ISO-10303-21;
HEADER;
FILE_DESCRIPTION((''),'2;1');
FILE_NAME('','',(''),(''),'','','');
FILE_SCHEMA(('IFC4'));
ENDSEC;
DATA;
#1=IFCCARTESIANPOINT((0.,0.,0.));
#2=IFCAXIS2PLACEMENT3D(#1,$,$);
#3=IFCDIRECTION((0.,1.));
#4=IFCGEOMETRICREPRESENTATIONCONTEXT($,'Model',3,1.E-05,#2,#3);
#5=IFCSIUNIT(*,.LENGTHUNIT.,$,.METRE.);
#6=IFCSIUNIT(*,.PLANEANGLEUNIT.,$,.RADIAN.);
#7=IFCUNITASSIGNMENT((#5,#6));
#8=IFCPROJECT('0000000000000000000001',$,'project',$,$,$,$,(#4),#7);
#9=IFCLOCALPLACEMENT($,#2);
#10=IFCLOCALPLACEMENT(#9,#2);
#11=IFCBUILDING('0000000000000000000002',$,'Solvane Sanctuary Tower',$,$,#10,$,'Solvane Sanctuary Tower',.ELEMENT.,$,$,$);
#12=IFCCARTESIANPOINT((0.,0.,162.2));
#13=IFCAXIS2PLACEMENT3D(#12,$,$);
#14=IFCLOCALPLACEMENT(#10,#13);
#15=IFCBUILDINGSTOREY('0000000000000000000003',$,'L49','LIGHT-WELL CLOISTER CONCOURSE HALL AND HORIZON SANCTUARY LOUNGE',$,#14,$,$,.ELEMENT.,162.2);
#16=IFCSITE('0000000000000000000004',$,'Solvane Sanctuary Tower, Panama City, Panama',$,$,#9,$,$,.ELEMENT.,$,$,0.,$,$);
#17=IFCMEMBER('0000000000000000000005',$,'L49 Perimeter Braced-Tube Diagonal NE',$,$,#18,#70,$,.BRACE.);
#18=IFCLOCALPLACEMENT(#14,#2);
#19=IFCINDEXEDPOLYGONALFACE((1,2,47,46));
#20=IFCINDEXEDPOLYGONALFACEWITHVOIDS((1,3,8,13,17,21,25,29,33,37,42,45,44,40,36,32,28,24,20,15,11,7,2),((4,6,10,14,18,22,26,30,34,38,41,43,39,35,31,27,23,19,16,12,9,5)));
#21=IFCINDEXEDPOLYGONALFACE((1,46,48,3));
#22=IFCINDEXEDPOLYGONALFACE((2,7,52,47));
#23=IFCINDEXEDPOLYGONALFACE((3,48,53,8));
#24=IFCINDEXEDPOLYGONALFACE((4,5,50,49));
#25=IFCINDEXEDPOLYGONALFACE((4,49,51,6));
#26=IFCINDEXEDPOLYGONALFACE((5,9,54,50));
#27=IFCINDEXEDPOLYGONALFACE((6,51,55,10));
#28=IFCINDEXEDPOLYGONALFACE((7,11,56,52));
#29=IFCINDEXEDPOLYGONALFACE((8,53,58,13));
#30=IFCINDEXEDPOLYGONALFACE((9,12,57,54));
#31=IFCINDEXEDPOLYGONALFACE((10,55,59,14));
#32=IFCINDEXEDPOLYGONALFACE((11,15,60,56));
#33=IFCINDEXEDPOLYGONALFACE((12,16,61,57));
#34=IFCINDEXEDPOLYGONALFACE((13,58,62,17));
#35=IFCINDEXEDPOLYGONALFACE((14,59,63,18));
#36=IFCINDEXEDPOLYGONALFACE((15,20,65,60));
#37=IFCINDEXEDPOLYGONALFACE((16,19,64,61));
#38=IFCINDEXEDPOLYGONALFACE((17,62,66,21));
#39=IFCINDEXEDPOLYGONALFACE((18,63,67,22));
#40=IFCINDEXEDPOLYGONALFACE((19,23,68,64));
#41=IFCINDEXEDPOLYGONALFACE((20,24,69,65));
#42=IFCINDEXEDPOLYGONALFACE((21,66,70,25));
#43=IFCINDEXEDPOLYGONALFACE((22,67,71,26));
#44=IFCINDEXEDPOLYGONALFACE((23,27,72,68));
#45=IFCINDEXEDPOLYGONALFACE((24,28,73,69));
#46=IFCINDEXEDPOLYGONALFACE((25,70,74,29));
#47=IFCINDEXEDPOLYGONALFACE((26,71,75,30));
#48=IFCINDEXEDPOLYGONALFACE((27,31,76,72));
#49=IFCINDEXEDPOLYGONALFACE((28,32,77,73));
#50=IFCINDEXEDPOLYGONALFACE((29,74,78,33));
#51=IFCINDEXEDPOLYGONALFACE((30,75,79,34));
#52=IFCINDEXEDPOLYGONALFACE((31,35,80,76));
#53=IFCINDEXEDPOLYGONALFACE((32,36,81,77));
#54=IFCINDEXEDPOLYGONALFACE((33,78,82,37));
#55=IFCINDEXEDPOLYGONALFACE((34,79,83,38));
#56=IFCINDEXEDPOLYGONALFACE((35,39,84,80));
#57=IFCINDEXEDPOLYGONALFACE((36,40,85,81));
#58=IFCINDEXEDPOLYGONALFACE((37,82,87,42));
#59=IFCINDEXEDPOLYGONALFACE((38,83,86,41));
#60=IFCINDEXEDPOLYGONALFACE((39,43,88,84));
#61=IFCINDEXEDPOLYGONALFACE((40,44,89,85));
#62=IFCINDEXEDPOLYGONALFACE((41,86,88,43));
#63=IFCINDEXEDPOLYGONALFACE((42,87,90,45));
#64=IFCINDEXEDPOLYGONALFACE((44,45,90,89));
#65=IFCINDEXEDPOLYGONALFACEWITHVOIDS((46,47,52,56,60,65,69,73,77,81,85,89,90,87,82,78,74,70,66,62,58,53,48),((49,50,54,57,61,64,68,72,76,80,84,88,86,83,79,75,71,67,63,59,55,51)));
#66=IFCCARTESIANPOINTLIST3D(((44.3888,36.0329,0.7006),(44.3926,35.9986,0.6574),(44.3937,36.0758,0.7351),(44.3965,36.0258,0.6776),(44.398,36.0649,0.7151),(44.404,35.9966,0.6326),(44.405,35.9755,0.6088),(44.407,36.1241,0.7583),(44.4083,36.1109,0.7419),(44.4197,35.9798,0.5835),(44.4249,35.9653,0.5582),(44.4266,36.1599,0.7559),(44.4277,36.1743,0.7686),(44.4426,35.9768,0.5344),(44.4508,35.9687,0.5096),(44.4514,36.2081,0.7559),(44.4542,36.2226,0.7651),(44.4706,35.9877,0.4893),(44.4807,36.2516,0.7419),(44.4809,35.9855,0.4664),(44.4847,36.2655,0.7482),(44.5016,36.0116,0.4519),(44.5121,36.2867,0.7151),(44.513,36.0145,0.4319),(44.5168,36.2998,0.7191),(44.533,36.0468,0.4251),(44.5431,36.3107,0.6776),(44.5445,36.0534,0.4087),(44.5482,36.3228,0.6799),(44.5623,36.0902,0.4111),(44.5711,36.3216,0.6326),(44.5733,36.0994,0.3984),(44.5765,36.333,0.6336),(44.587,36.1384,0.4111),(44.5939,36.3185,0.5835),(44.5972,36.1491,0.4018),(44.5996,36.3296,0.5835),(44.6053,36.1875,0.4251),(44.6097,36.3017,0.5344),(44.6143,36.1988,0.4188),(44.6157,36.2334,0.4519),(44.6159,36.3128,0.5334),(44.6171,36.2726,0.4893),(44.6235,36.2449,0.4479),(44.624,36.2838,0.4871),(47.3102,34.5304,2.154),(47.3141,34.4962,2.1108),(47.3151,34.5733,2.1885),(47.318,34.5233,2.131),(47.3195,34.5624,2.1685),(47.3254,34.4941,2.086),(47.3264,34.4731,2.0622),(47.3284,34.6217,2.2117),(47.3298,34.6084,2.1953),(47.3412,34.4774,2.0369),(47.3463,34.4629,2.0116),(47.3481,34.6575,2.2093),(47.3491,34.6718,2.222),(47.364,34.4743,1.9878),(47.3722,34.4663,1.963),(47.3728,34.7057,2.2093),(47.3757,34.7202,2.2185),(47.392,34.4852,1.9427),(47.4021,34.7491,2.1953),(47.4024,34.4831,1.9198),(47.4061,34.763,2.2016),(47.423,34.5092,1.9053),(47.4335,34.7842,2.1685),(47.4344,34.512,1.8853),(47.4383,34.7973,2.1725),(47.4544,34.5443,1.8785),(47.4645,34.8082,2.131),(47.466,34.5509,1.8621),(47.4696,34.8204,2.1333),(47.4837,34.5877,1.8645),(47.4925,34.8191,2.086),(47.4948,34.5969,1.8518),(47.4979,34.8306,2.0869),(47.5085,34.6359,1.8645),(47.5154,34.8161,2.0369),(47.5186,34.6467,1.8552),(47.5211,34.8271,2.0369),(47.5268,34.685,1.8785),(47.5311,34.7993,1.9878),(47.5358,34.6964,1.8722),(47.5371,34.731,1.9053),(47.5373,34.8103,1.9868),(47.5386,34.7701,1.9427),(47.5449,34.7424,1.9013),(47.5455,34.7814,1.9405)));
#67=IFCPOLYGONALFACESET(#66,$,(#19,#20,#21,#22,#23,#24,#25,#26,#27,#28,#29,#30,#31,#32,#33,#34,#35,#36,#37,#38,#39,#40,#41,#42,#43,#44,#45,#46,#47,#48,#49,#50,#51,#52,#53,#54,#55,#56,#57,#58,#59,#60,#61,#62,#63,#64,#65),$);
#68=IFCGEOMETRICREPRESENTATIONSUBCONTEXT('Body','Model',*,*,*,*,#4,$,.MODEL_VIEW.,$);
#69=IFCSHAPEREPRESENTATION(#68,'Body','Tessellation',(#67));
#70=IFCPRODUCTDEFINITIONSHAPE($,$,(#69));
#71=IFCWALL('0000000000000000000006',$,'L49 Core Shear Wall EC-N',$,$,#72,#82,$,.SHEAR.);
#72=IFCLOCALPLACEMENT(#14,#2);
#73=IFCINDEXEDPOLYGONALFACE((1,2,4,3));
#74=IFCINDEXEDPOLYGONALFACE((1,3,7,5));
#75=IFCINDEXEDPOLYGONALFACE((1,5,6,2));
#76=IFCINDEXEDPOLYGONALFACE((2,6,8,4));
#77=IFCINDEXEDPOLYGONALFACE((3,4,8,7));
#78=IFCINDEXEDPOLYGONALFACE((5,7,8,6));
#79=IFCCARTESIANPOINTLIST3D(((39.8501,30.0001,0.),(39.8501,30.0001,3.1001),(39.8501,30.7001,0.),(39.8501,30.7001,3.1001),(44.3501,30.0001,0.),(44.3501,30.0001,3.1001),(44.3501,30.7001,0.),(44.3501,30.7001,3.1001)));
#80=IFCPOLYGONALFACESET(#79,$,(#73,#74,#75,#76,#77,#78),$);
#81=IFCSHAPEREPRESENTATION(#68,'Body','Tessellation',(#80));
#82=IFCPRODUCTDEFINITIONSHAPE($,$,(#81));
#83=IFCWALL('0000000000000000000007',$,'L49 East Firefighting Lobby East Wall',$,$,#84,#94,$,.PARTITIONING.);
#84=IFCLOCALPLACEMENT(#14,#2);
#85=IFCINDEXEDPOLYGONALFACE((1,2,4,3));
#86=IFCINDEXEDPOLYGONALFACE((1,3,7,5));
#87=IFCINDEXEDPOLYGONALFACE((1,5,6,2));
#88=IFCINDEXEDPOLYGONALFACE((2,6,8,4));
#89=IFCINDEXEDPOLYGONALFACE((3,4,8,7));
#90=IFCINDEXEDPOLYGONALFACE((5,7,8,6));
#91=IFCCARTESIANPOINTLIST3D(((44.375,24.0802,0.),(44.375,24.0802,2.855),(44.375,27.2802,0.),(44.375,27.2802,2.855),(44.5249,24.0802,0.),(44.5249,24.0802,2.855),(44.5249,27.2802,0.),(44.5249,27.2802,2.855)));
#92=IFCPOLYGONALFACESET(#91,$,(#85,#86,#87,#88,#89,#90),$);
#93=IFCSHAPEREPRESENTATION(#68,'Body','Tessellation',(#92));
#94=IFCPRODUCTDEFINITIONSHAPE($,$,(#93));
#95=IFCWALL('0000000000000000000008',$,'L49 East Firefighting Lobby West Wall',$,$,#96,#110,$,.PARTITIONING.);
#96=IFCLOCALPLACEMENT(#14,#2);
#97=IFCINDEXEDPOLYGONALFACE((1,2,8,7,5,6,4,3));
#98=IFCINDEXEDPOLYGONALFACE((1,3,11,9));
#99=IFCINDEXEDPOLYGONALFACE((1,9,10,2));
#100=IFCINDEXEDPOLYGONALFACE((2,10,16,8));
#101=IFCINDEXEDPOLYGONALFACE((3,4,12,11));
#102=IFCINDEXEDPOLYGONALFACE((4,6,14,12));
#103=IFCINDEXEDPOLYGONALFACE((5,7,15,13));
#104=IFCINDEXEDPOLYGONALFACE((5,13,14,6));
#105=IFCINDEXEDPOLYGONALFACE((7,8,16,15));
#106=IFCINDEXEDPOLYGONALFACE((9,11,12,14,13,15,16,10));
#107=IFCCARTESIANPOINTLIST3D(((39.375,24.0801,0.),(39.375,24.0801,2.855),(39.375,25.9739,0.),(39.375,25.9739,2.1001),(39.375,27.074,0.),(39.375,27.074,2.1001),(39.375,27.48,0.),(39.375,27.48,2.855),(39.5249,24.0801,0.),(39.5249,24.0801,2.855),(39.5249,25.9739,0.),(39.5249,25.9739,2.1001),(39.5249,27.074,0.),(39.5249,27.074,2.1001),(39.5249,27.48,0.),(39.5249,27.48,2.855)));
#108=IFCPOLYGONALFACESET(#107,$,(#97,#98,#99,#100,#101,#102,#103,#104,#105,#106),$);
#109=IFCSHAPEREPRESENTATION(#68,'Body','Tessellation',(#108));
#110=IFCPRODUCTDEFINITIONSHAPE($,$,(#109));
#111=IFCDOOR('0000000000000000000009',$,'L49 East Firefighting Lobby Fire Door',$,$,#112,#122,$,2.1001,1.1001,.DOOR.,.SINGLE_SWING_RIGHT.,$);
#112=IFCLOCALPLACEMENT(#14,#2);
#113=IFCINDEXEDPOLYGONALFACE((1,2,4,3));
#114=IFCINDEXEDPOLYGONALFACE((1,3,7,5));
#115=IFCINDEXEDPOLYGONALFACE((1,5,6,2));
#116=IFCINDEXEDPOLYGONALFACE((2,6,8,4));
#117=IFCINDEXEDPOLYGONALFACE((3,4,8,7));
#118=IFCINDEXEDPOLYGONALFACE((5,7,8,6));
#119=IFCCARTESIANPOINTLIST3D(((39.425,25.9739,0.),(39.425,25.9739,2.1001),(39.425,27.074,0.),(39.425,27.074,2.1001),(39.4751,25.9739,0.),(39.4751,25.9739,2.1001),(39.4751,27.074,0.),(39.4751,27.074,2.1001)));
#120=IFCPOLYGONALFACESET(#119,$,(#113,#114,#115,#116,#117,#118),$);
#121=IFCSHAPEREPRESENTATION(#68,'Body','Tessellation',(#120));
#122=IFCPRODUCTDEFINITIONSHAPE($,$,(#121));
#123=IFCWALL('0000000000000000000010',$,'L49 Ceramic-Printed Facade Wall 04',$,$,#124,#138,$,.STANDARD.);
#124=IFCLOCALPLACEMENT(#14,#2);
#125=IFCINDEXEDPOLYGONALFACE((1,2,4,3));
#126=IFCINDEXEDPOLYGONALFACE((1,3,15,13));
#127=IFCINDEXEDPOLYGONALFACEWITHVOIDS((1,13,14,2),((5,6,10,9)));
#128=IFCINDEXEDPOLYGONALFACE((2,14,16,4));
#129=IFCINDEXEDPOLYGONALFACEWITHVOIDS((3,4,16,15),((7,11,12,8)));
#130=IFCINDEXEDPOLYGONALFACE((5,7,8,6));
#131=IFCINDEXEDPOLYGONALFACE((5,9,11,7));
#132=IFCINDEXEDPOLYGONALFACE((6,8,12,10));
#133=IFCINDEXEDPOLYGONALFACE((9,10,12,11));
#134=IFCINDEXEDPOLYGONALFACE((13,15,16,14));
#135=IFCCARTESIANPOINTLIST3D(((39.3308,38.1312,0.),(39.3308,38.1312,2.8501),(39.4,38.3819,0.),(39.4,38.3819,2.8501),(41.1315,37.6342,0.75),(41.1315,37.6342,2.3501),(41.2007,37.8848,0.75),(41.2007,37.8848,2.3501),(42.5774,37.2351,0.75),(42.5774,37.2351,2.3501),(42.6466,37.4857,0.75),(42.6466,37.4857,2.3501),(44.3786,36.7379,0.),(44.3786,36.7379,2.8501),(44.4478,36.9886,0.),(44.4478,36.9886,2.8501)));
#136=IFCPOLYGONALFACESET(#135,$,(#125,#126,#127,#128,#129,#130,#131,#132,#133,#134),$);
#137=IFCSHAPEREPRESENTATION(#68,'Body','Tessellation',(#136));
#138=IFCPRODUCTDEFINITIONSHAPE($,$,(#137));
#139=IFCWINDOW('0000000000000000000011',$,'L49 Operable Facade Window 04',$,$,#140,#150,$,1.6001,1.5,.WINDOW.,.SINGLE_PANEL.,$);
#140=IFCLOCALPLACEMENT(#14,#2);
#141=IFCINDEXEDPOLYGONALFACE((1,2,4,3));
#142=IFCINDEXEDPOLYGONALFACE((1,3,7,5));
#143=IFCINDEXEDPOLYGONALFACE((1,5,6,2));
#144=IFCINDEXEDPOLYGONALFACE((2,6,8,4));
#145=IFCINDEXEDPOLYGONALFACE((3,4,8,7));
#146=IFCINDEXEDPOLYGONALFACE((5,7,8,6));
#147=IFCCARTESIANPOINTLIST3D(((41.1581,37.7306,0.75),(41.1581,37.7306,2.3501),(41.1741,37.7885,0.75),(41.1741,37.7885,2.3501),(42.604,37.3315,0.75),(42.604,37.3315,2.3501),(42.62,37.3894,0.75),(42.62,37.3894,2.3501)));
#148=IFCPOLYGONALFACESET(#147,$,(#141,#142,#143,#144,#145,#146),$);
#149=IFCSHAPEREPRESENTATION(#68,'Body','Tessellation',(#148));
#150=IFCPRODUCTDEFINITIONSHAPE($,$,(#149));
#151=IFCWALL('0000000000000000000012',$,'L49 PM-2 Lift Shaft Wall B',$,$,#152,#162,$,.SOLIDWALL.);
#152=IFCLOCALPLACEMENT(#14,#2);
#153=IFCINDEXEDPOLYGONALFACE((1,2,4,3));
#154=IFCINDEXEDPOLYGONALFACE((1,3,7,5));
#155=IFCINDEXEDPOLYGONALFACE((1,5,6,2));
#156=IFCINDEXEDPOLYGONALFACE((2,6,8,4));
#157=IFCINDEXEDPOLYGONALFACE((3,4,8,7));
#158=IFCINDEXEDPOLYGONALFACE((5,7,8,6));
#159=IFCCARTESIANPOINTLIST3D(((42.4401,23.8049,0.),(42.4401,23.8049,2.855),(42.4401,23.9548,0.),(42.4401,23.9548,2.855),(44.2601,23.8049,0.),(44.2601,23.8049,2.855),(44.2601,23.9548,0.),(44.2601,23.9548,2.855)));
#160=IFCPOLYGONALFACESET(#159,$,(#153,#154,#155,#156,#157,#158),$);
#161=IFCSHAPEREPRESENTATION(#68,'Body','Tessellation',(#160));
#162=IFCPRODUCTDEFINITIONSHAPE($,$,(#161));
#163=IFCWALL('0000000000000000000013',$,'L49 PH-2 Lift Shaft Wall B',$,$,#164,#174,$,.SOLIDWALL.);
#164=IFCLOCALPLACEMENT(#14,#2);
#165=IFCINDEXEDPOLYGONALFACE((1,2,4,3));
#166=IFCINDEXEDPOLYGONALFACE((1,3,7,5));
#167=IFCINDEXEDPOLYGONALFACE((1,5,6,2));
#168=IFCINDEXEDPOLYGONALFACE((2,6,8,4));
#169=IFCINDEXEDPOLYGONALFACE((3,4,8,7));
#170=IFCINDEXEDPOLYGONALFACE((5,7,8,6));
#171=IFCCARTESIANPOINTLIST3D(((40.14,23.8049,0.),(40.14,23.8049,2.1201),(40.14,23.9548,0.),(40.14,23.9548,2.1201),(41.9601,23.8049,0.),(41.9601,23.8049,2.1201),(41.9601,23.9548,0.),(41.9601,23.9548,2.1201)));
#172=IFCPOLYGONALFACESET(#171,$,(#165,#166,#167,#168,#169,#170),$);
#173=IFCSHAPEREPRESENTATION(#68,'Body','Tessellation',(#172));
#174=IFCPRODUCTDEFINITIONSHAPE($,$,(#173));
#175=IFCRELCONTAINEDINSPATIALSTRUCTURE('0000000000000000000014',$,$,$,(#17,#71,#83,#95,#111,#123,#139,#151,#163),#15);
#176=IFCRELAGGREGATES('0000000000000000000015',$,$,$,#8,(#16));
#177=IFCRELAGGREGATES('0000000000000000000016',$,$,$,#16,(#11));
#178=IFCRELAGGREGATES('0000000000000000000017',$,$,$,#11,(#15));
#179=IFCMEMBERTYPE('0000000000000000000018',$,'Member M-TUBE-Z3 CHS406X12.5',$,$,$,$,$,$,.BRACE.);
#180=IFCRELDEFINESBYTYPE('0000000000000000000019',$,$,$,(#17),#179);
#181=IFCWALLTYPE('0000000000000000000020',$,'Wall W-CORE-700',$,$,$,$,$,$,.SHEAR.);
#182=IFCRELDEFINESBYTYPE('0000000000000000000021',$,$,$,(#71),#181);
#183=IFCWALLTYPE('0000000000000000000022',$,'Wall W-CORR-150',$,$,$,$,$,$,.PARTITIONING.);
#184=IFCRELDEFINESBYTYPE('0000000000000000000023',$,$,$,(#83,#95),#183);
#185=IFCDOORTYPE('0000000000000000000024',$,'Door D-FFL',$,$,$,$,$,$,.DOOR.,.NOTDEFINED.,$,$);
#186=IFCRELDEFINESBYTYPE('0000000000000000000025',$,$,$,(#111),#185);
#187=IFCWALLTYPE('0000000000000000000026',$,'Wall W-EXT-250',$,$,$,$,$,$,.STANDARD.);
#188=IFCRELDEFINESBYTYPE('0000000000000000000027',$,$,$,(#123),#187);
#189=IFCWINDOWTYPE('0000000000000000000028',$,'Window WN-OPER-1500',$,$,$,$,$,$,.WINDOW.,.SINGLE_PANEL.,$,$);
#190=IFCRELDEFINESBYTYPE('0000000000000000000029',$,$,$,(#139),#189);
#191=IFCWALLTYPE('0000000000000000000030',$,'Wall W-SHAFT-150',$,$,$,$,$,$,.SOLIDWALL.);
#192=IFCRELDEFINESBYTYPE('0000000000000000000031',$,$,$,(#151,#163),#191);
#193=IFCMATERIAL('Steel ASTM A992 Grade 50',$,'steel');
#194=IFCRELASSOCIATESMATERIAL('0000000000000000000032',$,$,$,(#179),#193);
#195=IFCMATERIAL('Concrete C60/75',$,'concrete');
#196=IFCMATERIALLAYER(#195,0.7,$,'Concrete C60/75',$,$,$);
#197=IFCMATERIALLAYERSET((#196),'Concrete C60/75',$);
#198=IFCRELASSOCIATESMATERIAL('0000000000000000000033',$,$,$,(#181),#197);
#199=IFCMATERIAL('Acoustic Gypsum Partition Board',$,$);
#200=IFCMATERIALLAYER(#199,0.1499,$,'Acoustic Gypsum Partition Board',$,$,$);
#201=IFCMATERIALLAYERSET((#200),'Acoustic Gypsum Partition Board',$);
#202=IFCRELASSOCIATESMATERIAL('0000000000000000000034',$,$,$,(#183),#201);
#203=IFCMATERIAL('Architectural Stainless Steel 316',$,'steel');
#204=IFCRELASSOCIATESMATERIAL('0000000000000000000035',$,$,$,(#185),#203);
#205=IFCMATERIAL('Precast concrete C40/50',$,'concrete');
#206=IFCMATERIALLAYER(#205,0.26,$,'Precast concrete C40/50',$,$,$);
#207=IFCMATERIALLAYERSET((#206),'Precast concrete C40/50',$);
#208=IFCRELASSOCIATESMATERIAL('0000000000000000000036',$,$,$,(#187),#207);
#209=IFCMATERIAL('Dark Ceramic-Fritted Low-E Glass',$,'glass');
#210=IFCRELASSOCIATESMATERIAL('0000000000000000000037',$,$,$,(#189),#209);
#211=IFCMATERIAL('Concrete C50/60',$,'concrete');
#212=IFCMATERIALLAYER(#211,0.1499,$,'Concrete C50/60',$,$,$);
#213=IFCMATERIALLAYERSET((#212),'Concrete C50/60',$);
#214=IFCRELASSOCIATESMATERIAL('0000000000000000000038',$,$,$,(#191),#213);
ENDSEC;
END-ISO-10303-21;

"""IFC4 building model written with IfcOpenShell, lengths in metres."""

from ifc_helpers import new_model, si_unit, direction, frame, frame_2d, origin, origin_2d, place, context, subcontext, project, spatial, rectangle, hollow_circle, extrude, material, layer, layer_set, material_profile, profile_set, type_object, element, fill, save


model = new_model("IFC4")

# Units and contexts
model_context = context("Model", 3, precision=1e-05, world=origin(), true_north=direction((0.0, 1.0)))
body_context = subcontext(model_context, "Body", "Model", "MODEL_VIEW")
ifc_project = project(units=[si_unit("LENGTHUNIT", "METRE"), si_unit("PLANEANGLEUNIT", "RADIAN")], contexts=[model_context])

# Site, building, storey
site_placement = place(None, origin())
site = spatial("IfcSite", under=ifc_project, at=site_placement, Name="Solvane Sanctuary Tower, Panama City, Panama", CompositionType="ELEMENT", RefElevation=0.0)
building_placement = place(site_placement, origin())
building = spatial("IfcBuilding", under=site, at=building_placement, Name="Solvane Sanctuary Tower", LongName="Solvane Sanctuary Tower", CompositionType="ELEMENT")
storey_placement = place(building_placement, frame((0.0, 0.0, 162.2)))
storey = spatial("IfcBuildingStorey", under=building, at=storey_placement, Name="L49", Description="LIGHT-WELL CLOISTER CONCOURSE HALL AND HORIZON SANCTUARY LOUNGE", CompositionType="ELEMENT", Elevation=162.2)

# Shared definitions
ifc_material_1 = material(Name="Concrete C60/75", Category="concrete")

# Shared definitions
ifc_material_2 = material(Name="Steel ASTM A992 Grade 50", Category="steel")

# Member
ifc_material_profile_1 = material_profile(ifc_material_2, hollow_circle(Radius=0.2029, WallThickness=0.0125, at=origin_2d()), Name="CHS406X12.5")
ifc_profile_set_1 = profile_set([ifc_material_profile_1], Name="Steel ASTM A992 Grade 50")
member_type = type_object("IfcMemberType", Name="Member M-TUBE-Z3 CHS406X12.5", PredefinedType="BRACE", material=ifc_profile_set_1)
member_placement = place(storey_placement, frame((44.5068, 36.1492, 0.5835), z_axis=(0.813252, -0.418248, 0.404587), x_axis=(0.457351, 0.889286, 0.0)))
element("IfcMember", 1, at=member_placement, inside=storey, type_object=member_type, Name="L49 Perimeter Braced-Tube Diagonal NE", PredefinedType="BRACE", context=body_context, shape_type="SweptSolid", body=[
    extrude(hollow_circle(Radius=0.2029, WallThickness=0.0125, at=origin_2d()), origin(), (0.0, 0.0, 1.0), 3.5923),
])

# Walls
ifc_layer_1 = layer(ifc_material_1, 0.7, Name="Concrete C60/75")
ifc_layer_set_1 = layer_set([ifc_layer_1], Name="Concrete C60/75")
wall_type_1 = type_object("IfcWallType", Name="Wall W-CORE-700", PredefinedType="SHEAR", material=ifc_layer_set_1)
wall_1_placement = place(storey_placement, frame((39.8501, 30.3501, 0.0), z_axis=(0.0, 0.0, 1.0), x_axis=(1.0, 0.0, 0.0)))
element("IfcWall", 2, at=wall_1_placement, inside=storey, type_object=wall_type_1, Name="L49 Core Shear Wall EC-N", PredefinedType="SHEAR", context=body_context, shape_type="SweptSolid", body=[
    extrude(rectangle(XDim=4.5, YDim=0.7, at=frame_2d((2.25, 0.0))), origin(), (0.0, 0.0, 1.0), 3.1001),
])
ifc_material_3 = material(Name="Acoustic Gypsum Partition Board")
ifc_layer_2 = layer(ifc_material_3, 0.1499, Name="Acoustic Gypsum Partition Board")
ifc_layer_set_2 = layer_set([ifc_layer_2], Name="Acoustic Gypsum Partition Board")
wall_type_2 = type_object("IfcWallType", Name="Wall W-CORR-150", PredefinedType="PARTITIONING", material=ifc_layer_set_2)
wall_2_placement = place(storey_placement, frame((44.45, 24.0801, 0.0), z_axis=(0.0, 0.0, 1.0), x_axis=(0.0, 1.0, 0.0)))
element("IfcWall", 3, at=wall_2_placement, inside=storey, type_object=wall_type_2, Name="L49 East Firefighting Lobby East Wall", PredefinedType="PARTITIONING", context=body_context, shape_type="SweptSolid", body=[
    extrude(rectangle(XDim=3.2, YDim=0.1499, at=frame_2d((1.6001, 0.0))), origin(), (0.0, 0.0, 1.0), 2.855),
])

# Wall, opening, door
wall_3_placement = place(storey_placement, frame((39.45, 24.0801, 0.0), z_axis=(0.0, 0.0, 1.0), x_axis=(0.0, 1.0, 0.0)))
wall_3 = element("IfcWall", 4, at=wall_3_placement, inside=storey, type_object=wall_type_2, Name="L49 East Firefighting Lobby West Wall", PredefinedType="PARTITIONING", context=body_context, shape_type="SweptSolid", body=[
    extrude(rectangle(XDim=3.3999, YDim=0.1499, at=frame_2d((1.7, 0.0))), origin(), (0.0, 0.0, 1.0), 2.855),
])
opening_1_placement = place(wall_3_placement, frame((1.8938, 0.0, 0.0)))
opening_1 = element("IfcOpeningElement", 5, at=opening_1_placement, cuts=wall_3, PredefinedType="OPENING", context=body_context, shape_type="SweptSolid", body=[
    extrude(rectangle(XDim=1.1001, YDim=2.1001, at=frame_2d((0.55, 1.05))), frame((0.0, 0.085, 0.0), z_axis=(0.0, -1.0, 0.0), x_axis=(1.0, 0.0, 0.0)), (0.0, 0.0, 1.0), 0.1699),
])
ifc_material_4 = material(Name="Architectural Stainless Steel 316", Category="steel")
door_type_1 = type_object("IfcDoorType", Name="Door D-FFL", OperationType="NOTDEFINED", PredefinedType="DOOR", material=ifc_material_4)
door_1_placement = place(opening_1_placement, origin())
door_1 = element("IfcDoor", 6, at=door_1_placement, inside=storey, type_object=door_type_1, Name="L49 East Firefighting Lobby Fire Door", OperationType="SINGLE_SWING_RIGHT", OverallHeight=2.1001, OverallWidth=1.1001, PredefinedType="DOOR", context=body_context, shape_type="SweptSolid", body=[
    extrude(rectangle(XDim=1.1001, YDim=2.1001, at=frame_2d((0.55, 1.05))), frame((0.0, 0.0249, 0.0), z_axis=(0.0, -1.0, 0.0), x_axis=(1.0, 0.0, 0.0)), (0.0, 0.0, 1.0), 0.05),
])
fill(opening_1, door_1)

# Wall, opening, window
ifc_material_5 = material(Name="Precast concrete C40/50", Category="concrete")
ifc_layer_3 = layer(ifc_material_5, 0.26, Name="Precast concrete C40/50")
ifc_layer_set_3 = layer_set([ifc_layer_3], Name="Precast concrete C40/50")
wall_type_3 = type_object("IfcWallType", Name="Wall W-EXT-250", PredefinedType="STANDARD", material=ifc_layer_set_3)
wall_4_placement = place(storey_placement, frame((44.4131, 36.8633, 0.0), z_axis=(0.0, 0.0, 1.0), x_axis=(-0.963953, 0.266071, 0.0)))
wall_4 = element("IfcWall", 7, at=wall_4_placement, inside=storey, type_object=wall_type_3, Name="L49 Ceramic-Printed Facade Wall 04", PredefinedType="STANDARD", context=body_context, shape_type="SweptSolid", body=[
    extrude(rectangle(XDim=5.2366, YDim=0.26, at=frame_2d((2.6182, 0.0))), origin(), (0.0, 0.0, 1.0), 2.8501),
])
opening_2_placement = place(wall_4_placement, frame((1.8684, 0.0, 0.75)))
opening_2 = element("IfcOpeningElement", 8, at=opening_2_placement, cuts=wall_4, PredefinedType="OPENING", context=body_context, shape_type="SweptSolid", body=[
    extrude(rectangle(XDim=1.5, YDim=1.6001, at=frame_2d((0.75, 0.8))), frame((0.0, 0.1399, 0.0), z_axis=(0.0, -1.0, 0.0), x_axis=(1.0, 0.0, 0.0)), (0.0, 0.0, 1.0), 0.28),
])
ifc_material_6 = material(Name="Dark Ceramic-Fritted Low-E Glass", Category="glass")
window_type = type_object("IfcWindowType", Name="Window WN-OPER-1500", PartitioningType="SINGLE_PANEL", PredefinedType="WINDOW", material=ifc_material_6)
window_placement = place(opening_2_placement, origin())
window = element("IfcWindow", 9, at=window_placement, inside=storey, type_object=window_type, Name="L49 Operable Facade Window 04", OverallHeight=1.6001, OverallWidth=1.5, PartitioningType="SINGLE_PANEL", PredefinedType="WINDOW", context=body_context, shape_type="SweptSolid", body=[
    extrude(rectangle(XDim=1.5, YDim=1.6001, at=frame_2d((0.75, 0.8))), frame((0.0, 0.03, 0.0), z_axis=(0.0, -1.0, 0.0), x_axis=(1.0, 0.0, 0.0)), (0.0, 0.0, 1.0), 0.0601),
])
fill(opening_2, window)

# Walls
ifc_material_7 = material(Name="Concrete C50/60", Category="concrete")
ifc_layer_4 = layer(ifc_material_7, 0.1499, Name="Concrete C50/60")
ifc_layer_set_4 = layer_set([ifc_layer_4], Name="Concrete C50/60")
wall_type_4 = type_object("IfcWallType", Name="Wall W-SHAFT-150", PredefinedType="SOLIDWALL", material=ifc_layer_set_4)
wall_5_placement = place(storey_placement, frame((42.4399, 23.8799, 0.0), z_axis=(0.0, 0.0, 1.0), x_axis=(1.0, 0.0, 0.0)))
element("IfcWall", 10, at=wall_5_placement, inside=storey, type_object=wall_type_4, Name="L49 PM-2 Lift Shaft Wall B", PredefinedType="SOLIDWALL", context=body_context, shape_type="SweptSolid", body=[
    extrude(rectangle(XDim=1.8201, YDim=0.1499, at=frame_2d((0.9102, 0.0))), origin(), (0.0, 0.0, 1.0), 2.855),
])
wall_6_placement = place(storey_placement, frame((40.1399, 23.8799, 0.0), z_axis=(0.0, 0.0, 1.0), x_axis=(1.0, 0.0, 0.0)))
element("IfcWall", 11, at=wall_6_placement, inside=storey, type_object=wall_type_4, Name="L49 PH-2 Lift Shaft Wall B", PredefinedType="SOLIDWALL", context=body_context, shape_type="SweptSolid", body=[
    extrude(rectangle(XDim=1.8201, YDim=0.1499, at=frame_2d((0.9102, 0.0))), origin(), (0.0, 0.0, 1.0), 2.1201),
])

save(model, "model.ifc")
